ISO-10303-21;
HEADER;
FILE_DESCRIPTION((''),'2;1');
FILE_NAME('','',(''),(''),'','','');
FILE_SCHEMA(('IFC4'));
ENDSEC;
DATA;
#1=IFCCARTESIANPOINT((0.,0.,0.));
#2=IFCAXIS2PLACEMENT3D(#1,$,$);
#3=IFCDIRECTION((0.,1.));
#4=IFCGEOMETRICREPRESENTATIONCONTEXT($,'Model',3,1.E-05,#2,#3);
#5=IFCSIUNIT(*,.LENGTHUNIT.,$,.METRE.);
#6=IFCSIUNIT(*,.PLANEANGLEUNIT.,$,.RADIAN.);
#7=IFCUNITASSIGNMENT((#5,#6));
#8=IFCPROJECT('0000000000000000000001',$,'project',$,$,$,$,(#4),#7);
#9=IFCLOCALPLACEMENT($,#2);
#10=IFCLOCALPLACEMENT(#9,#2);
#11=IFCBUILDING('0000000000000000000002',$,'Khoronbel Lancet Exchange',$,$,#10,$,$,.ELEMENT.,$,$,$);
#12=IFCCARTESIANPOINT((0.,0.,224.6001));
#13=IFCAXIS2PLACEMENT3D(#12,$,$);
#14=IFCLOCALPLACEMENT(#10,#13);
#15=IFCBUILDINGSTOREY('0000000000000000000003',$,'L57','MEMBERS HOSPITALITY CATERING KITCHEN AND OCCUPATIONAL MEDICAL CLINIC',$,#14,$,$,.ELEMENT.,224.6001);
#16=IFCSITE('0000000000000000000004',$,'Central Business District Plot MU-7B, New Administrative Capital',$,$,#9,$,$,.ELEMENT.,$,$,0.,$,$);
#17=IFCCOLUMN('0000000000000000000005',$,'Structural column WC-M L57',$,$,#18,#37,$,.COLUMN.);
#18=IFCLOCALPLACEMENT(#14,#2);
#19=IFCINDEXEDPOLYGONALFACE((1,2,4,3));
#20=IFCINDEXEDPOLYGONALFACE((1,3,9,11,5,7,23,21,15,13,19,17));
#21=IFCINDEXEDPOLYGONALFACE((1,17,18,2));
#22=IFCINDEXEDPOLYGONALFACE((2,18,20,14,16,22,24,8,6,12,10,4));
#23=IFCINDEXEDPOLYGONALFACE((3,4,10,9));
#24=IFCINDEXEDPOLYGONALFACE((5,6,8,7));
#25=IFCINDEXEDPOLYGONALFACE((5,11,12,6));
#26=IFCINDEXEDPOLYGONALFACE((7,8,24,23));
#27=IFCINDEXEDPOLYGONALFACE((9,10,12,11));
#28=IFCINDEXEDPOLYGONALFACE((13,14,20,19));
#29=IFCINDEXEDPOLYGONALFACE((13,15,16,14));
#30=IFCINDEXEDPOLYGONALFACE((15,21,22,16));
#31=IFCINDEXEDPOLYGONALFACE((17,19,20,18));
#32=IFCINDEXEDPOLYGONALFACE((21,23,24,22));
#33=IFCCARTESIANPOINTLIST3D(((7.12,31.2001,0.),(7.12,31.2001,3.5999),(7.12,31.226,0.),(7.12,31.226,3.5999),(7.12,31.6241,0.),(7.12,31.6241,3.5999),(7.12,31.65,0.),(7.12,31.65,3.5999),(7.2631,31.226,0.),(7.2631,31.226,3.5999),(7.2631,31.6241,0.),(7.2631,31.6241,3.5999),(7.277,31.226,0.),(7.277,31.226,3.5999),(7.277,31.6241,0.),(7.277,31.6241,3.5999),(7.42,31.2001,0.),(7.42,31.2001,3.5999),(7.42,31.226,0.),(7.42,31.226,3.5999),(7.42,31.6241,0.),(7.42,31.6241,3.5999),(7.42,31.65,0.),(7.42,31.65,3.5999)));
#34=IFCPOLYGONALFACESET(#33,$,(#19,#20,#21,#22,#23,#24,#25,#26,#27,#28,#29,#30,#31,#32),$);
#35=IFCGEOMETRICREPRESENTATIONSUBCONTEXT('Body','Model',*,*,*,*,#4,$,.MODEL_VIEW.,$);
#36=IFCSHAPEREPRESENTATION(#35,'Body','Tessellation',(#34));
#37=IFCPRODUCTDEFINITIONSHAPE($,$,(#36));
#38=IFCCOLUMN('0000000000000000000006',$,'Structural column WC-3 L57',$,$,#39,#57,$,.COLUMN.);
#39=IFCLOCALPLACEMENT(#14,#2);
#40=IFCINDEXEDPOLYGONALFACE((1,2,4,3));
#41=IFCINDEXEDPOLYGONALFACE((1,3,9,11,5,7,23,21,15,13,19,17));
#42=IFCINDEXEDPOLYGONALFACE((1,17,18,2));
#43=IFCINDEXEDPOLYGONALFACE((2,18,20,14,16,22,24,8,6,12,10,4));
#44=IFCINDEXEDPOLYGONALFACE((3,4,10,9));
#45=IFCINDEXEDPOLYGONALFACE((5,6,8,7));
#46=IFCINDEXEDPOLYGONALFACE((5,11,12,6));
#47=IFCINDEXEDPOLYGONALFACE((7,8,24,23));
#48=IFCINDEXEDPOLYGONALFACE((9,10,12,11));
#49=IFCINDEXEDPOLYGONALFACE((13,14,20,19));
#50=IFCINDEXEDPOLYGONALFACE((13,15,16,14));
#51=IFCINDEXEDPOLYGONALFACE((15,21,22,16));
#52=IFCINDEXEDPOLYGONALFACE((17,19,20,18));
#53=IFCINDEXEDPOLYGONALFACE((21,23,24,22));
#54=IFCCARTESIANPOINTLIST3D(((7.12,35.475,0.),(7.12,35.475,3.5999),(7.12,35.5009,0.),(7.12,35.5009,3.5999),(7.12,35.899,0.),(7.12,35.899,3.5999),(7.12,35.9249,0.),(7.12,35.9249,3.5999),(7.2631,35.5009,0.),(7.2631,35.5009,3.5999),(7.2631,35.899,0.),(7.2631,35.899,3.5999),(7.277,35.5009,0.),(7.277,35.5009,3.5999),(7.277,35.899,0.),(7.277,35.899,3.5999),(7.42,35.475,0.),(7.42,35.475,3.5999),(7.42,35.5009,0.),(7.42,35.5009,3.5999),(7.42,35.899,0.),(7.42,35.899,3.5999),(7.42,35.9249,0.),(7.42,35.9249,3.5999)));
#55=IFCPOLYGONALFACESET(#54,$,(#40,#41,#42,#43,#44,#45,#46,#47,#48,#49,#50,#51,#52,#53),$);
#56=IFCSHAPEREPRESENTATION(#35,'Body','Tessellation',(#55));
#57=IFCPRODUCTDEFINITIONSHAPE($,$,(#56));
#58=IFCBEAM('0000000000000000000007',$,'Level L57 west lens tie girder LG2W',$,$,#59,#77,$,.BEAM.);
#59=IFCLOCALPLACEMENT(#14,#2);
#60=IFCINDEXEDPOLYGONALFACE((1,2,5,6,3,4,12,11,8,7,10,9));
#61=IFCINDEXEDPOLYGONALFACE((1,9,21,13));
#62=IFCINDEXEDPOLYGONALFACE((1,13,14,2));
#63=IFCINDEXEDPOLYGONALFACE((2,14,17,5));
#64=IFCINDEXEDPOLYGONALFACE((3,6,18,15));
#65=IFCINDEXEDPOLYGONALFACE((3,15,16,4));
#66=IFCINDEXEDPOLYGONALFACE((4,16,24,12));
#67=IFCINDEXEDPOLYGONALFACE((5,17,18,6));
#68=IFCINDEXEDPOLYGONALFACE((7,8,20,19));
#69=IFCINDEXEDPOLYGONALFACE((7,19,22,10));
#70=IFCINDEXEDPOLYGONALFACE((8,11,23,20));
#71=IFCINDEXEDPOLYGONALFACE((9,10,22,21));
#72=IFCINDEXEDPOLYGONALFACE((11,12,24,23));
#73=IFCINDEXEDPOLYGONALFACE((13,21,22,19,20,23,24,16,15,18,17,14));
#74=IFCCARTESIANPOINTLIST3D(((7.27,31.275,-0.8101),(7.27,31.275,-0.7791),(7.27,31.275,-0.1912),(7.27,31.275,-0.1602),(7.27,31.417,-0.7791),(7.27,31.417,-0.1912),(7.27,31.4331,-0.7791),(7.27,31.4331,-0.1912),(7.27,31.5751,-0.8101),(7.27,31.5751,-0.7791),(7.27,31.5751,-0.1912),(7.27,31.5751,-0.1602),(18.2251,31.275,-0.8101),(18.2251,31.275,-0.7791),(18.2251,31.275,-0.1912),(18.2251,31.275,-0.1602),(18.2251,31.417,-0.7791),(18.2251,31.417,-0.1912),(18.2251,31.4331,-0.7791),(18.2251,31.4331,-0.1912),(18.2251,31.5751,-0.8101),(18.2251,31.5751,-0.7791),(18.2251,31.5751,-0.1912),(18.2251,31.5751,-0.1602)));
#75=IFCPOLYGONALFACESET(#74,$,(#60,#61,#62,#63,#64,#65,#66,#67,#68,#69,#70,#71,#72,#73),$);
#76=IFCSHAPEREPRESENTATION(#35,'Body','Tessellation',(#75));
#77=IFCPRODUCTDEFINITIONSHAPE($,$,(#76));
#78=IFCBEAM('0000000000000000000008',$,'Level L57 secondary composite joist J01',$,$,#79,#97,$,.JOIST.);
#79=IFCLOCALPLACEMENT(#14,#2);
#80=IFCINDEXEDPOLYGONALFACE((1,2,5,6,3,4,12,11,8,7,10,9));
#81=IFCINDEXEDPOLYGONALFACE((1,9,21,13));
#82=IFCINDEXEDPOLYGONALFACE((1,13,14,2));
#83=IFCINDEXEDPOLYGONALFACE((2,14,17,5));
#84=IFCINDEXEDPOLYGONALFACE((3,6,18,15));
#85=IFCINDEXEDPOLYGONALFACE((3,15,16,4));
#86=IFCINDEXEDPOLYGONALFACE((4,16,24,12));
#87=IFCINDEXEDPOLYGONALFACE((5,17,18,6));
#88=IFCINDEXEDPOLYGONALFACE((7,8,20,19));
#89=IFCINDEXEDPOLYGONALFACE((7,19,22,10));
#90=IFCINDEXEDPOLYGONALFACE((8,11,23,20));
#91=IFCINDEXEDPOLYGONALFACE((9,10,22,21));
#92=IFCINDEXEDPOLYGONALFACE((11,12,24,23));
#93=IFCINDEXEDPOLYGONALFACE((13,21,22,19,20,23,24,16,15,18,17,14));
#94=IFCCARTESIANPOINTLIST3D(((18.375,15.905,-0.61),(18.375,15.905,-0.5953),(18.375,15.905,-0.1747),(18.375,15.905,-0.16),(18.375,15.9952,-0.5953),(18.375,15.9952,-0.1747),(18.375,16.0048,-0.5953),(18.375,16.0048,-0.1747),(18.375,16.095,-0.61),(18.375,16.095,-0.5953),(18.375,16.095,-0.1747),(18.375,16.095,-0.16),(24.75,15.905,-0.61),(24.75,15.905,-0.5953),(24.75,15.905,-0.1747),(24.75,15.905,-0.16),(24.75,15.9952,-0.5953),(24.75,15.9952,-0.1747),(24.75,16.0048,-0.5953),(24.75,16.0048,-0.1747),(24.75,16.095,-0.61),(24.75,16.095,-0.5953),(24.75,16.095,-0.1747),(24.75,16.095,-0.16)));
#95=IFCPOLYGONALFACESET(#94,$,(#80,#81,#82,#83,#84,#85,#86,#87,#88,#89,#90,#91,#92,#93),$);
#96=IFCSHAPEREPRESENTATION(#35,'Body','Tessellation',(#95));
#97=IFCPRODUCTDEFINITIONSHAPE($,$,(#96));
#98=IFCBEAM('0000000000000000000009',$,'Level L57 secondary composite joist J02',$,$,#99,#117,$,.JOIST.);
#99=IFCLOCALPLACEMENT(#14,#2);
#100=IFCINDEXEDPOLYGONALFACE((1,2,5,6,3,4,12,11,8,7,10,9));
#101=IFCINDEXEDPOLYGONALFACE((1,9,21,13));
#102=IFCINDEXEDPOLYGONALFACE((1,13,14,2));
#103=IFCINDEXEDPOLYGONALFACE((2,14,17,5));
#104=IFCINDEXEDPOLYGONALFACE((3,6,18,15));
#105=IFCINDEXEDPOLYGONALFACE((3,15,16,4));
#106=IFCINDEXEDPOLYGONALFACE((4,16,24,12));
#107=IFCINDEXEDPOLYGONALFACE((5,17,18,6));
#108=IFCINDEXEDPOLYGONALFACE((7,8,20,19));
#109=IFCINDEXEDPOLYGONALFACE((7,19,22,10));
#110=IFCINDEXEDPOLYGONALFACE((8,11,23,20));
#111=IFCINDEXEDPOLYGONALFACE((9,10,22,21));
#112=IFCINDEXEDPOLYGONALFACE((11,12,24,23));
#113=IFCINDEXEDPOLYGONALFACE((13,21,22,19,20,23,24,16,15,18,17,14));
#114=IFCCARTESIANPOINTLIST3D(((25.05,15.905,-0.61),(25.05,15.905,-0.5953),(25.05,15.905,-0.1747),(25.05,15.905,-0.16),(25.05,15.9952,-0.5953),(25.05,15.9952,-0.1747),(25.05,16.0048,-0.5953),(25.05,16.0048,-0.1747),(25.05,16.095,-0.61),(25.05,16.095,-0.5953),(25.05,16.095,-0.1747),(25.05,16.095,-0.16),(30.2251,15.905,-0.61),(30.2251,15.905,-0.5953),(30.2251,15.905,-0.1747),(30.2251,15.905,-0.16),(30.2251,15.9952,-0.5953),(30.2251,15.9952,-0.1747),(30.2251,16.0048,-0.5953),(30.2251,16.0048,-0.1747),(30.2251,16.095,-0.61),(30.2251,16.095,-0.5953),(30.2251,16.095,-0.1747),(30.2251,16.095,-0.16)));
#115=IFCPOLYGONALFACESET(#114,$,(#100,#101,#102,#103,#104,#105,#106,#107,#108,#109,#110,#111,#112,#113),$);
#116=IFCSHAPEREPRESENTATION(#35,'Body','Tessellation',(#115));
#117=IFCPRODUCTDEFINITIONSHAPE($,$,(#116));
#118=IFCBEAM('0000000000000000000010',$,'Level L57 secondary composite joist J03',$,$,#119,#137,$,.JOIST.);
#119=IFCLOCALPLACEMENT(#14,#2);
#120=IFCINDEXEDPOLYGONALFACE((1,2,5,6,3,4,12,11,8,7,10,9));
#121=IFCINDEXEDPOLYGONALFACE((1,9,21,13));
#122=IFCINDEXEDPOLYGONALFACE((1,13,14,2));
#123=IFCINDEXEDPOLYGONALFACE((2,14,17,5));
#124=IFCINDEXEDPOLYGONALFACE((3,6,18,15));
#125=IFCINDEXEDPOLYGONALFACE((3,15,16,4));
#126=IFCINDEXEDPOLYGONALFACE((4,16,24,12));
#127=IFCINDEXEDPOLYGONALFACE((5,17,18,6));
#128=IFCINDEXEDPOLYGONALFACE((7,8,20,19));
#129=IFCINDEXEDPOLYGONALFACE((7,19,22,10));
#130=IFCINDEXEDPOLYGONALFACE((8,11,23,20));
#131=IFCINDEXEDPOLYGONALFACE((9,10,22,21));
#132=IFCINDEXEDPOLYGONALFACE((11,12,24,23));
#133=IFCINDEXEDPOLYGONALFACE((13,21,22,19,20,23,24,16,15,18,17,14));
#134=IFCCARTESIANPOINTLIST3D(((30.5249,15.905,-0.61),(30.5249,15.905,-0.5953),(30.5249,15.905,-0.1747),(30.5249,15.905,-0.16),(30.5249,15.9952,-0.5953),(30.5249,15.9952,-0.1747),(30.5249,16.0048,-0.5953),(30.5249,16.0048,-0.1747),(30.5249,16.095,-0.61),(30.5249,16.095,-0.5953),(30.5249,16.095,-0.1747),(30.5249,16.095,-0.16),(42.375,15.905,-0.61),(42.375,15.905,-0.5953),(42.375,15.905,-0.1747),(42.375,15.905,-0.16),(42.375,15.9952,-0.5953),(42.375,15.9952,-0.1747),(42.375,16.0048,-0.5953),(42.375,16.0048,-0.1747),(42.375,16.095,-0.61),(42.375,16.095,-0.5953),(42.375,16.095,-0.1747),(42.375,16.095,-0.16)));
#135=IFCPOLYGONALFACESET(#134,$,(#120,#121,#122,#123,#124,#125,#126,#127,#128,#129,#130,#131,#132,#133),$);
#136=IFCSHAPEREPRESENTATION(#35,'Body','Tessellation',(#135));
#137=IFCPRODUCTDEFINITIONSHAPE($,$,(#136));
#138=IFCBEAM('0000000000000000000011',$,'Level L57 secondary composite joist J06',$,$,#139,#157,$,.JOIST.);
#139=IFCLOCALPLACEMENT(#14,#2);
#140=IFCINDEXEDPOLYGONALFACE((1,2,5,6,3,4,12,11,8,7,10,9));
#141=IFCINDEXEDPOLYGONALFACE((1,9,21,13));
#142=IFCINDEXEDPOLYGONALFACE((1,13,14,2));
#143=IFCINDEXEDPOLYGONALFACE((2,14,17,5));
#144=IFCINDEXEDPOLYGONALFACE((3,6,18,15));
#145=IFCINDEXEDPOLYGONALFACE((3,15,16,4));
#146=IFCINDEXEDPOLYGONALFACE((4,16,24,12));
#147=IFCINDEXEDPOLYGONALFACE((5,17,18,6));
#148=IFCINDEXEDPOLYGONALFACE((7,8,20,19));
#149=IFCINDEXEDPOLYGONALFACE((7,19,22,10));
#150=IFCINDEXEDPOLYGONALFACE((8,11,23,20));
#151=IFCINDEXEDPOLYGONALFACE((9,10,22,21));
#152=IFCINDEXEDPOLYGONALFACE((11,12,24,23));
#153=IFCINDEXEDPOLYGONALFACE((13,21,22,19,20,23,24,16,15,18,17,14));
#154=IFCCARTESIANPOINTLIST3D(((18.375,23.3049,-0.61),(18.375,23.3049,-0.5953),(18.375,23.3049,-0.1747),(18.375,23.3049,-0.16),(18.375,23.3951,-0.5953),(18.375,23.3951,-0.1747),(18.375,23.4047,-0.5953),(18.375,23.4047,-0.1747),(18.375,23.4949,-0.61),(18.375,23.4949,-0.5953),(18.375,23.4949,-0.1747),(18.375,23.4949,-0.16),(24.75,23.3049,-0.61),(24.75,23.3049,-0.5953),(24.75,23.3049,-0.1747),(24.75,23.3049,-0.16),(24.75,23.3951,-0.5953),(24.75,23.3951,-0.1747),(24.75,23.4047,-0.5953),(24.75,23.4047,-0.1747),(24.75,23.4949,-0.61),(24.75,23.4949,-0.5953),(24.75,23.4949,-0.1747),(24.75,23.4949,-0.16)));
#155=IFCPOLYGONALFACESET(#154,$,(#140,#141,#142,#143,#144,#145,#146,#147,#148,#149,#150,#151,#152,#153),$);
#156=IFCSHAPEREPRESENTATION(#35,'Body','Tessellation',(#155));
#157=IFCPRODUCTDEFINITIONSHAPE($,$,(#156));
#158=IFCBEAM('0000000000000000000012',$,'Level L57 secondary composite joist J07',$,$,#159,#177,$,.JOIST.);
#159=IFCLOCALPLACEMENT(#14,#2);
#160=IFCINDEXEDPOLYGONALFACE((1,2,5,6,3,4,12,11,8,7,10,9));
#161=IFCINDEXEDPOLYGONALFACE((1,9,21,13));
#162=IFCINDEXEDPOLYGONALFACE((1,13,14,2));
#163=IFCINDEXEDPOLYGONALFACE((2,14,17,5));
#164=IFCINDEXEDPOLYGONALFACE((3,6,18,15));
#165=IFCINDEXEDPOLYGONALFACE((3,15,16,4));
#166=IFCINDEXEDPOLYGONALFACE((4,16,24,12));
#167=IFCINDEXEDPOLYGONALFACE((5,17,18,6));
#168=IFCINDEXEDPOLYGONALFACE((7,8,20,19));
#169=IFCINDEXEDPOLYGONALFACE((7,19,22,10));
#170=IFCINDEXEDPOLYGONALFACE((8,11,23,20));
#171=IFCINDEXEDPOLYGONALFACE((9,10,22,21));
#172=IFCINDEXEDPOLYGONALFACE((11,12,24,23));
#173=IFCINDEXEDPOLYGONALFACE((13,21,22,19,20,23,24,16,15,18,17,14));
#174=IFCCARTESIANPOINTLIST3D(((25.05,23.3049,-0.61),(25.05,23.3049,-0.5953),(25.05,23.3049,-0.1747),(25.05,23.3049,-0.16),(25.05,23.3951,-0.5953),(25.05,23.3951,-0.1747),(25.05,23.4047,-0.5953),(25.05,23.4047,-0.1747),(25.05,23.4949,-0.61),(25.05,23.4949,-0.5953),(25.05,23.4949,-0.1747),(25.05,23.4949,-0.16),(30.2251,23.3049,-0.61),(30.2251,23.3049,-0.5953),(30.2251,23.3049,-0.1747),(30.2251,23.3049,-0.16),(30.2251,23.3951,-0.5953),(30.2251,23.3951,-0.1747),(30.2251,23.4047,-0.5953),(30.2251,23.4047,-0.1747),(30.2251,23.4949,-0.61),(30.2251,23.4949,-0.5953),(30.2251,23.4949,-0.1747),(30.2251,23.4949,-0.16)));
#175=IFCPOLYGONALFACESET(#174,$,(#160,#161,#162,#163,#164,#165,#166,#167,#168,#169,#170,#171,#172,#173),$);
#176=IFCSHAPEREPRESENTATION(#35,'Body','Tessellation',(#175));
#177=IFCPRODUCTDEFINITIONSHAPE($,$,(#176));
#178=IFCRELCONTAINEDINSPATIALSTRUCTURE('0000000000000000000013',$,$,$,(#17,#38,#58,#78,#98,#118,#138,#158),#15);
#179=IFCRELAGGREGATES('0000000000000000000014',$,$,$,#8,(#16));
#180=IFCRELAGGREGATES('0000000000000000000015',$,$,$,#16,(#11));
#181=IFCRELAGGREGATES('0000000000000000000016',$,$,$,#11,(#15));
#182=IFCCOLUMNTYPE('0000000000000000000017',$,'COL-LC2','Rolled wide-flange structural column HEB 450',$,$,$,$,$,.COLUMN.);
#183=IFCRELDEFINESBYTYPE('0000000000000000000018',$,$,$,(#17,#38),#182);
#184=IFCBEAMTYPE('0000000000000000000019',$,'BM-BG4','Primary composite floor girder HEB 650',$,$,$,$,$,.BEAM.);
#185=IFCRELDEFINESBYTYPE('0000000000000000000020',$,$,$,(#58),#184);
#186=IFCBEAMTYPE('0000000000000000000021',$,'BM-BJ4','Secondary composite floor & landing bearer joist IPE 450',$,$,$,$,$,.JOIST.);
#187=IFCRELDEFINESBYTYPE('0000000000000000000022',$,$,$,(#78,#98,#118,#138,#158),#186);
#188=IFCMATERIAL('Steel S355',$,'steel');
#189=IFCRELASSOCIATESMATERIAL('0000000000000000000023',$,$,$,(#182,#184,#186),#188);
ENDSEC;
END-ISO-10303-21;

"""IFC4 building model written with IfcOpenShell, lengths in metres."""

from ifc_helpers import new_model, si_unit, direction, frame, origin, origin_2d, place, context, subcontext, project, spatial, i_section, extrude, material, material_profile, profile_set, type_object, element, save


model = new_model("IFC4")

# Units and contexts
model_context = context("Model", 3, precision=1e-05, world=origin(), true_north=direction((0.0, 1.0)))
body_context = subcontext(model_context, "Body", "Model", "MODEL_VIEW")
ifc_project = project(units=[si_unit("LENGTHUNIT", "METRE"), si_unit("PLANEANGLEUNIT", "RADIAN")], contexts=[model_context])

# Site, building, storey
site_placement = place(None, origin())
site = spatial("IfcSite", under=ifc_project, at=site_placement, Name="Central Business District Plot MU-7B, New Administrative Capital", CompositionType="ELEMENT", RefElevation=0.0)
building_placement = place(site_placement, origin())
building = spatial("IfcBuilding", under=site, at=building_placement, Name="Khoronbel Lancet Exchange", CompositionType="ELEMENT")
storey_placement = place(building_placement, frame((0.0, 0.0, 224.6001)))
storey = spatial("IfcBuildingStorey", under=building, at=storey_placement, Name="L57", Description="MEMBERS HOSPITALITY CATERING KITCHEN AND OCCUPATIONAL MEDICAL CLINIC", CompositionType="ELEMENT", Elevation=224.6001)

# Columns
ifc_material_1 = material(Name="Steel S355", Category="steel")
ifc_material_profile_1 = material_profile(ifc_material_1, i_section(OverallWidth=0.3, OverallDepth=0.45, WebThickness=0.0139, FlangeThickness=0.0259, at=origin_2d()), Name="HEB 450")
ifc_profile_set_1 = profile_set([ifc_material_profile_1], Name="Steel S355")
column_type = type_object("IfcColumnType", Name="COL-LC2", Description="Rolled wide-flange structural column HEB 450", PredefinedType="COLUMN", material=ifc_profile_set_1)
for number, where, z_axis, x_axis, name in (
    (1, (7.27, 31.425, 0.0), (0.0, 0.0, 1.0), (1.0, 0.0, 0.0), "Structural column WC-M L57"),
    (2, (7.27, 35.7, 0.0), (0.0, 0.0, 1.0), (1.0, 0.0, 0.0), "Structural column WC-3 L57"),
):
    element("IfcColumn", number, at=place(storey_placement, frame(where, z_axis=z_axis, x_axis=x_axis)), inside=storey, type_object=column_type, Name=name, PredefinedType="COLUMN", context=body_context, shape_type="SweptSolid", body=[
        extrude(i_section(OverallWidth=0.3, OverallDepth=0.45, WebThickness=0.0139, FlangeThickness=0.0259, at=origin_2d()), origin(), (0.0, 0.0, 1.0), 3.5999),
    ])

# Beams
ifc_material_profile_2 = material_profile(ifc_material_1, i_section(OverallWidth=0.3, OverallDepth=0.6499, WebThickness=0.0161, FlangeThickness=0.031, at=origin_2d()), Name="HEB 650")
ifc_profile_set_2 = profile_set([ifc_material_profile_2], Name="Steel S355")
beam_type_1 = type_object("IfcBeamType", Name="BM-BG4", Description="Primary composite floor girder HEB 650", PredefinedType="BEAM", material=ifc_profile_set_2)
beam_1_placement = place(storey_placement, frame((7.27, 31.425, -0.4851), z_axis=(1.0, 0.0, 0.0), x_axis=(0.0, 1.0, 0.0)))
element("IfcBeam", 3, at=beam_1_placement, inside=storey, type_object=beam_type_1, Name="Level L57 west lens tie girder LG2W", PredefinedType="BEAM", context=body_context, shape_type="SweptSolid", body=[
    extrude(i_section(OverallWidth=0.3, OverallDepth=0.6499, WebThickness=0.0161, FlangeThickness=0.031, at=origin_2d()), origin(), (0.0, 0.0, 1.0), 10.9551),
])
ifc_material_profile_3 = material_profile(ifc_material_1, i_section(OverallWidth=0.1899, OverallDepth=0.45, WebThickness=0.0095, FlangeThickness=0.0146, at=origin_2d()), Name="IPE 450")
ifc_profile_set_3 = profile_set([ifc_material_profile_3], Name="Steel S355")
beam_type_2 = type_object("IfcBeamType", Name="BM-BJ4", Description="Secondary composite floor & landing bearer joist IPE 450", PredefinedType="JOIST", material=ifc_profile_set_3)
beam_2_placement = place(storey_placement, frame((18.375, 16.0, -0.385), z_axis=(1.0, 0.0, 0.0), x_axis=(0.0, 1.0, 0.0)))
element("IfcBeam", 4, at=beam_2_placement, inside=storey, type_object=beam_type_2, Name="Level L57 secondary composite joist J01", PredefinedType="JOIST", context=body_context, shape_type="SweptSolid", body=[
    extrude(i_section(OverallWidth=0.1899, OverallDepth=0.45, WebThickness=0.0095, FlangeThickness=0.0146, at=origin_2d()), origin(), (0.0, 0.0, 1.0), 6.375),
])
beam_3_placement = place(storey_placement, frame((25.05, 16.0, -0.385), z_axis=(1.0, 0.0, 0.0), x_axis=(0.0, 1.0, 0.0)))
element("IfcBeam", 5, at=beam_3_placement, inside=storey, type_object=beam_type_2, Name="Level L57 secondary composite joist J02", PredefinedType="JOIST", context=body_context, shape_type="SweptSolid", body=[
    extrude(i_section(OverallWidth=0.1899, OverallDepth=0.45, WebThickness=0.0095, FlangeThickness=0.0146, at=origin_2d()), origin(), (0.0, 0.0, 1.0), 5.175),
])
beam_4_placement = place(storey_placement, frame((30.5249, 16.0, -0.385), z_axis=(1.0, 0.0, 0.0), x_axis=(0.0, 1.0, 0.0)))
element("IfcBeam", 6, at=beam_4_placement, inside=storey, type_object=beam_type_2, Name="Level L57 secondary composite joist J03", PredefinedType="JOIST", context=body_context, shape_type="SweptSolid", body=[
    extrude(i_section(OverallWidth=0.1899, OverallDepth=0.45, WebThickness=0.0095, FlangeThickness=0.0146, at=origin_2d()), origin(), (0.0, 0.0, 1.0), 11.8501),
])
beam_5_placement = place(storey_placement, frame((18.375, 23.3999, -0.385), z_axis=(1.0, 0.0, 0.0), x_axis=(0.0, 1.0, 0.0)))
element("IfcBeam", 7, at=beam_5_placement, inside=storey, type_object=beam_type_2, Name="Level L57 secondary composite joist J06", PredefinedType="JOIST", context=body_context, shape_type="SweptSolid", body=[
    extrude(i_section(OverallWidth=0.1899, OverallDepth=0.45, WebThickness=0.0095, FlangeThickness=0.0146, at=origin_2d()), origin(), (0.0, 0.0, 1.0), 6.375),
])
beam_6_placement = place(storey_placement, frame((25.05, 23.3999, -0.385), z_axis=(1.0, 0.0, 0.0), x_axis=(0.0, 1.0, 0.0)))
element("IfcBeam", 8, at=beam_6_placement, inside=storey, type_object=beam_type_2, Name="Level L57 secondary composite joist J07", PredefinedType="JOIST", context=body_context, shape_type="SweptSolid", body=[
    extrude(i_section(OverallWidth=0.1899, OverallDepth=0.45, WebThickness=0.0095, FlangeThickness=0.0146, at=origin_2d()), origin(), (0.0, 0.0, 1.0), 5.175),
])

save(model, "model.ifc")
